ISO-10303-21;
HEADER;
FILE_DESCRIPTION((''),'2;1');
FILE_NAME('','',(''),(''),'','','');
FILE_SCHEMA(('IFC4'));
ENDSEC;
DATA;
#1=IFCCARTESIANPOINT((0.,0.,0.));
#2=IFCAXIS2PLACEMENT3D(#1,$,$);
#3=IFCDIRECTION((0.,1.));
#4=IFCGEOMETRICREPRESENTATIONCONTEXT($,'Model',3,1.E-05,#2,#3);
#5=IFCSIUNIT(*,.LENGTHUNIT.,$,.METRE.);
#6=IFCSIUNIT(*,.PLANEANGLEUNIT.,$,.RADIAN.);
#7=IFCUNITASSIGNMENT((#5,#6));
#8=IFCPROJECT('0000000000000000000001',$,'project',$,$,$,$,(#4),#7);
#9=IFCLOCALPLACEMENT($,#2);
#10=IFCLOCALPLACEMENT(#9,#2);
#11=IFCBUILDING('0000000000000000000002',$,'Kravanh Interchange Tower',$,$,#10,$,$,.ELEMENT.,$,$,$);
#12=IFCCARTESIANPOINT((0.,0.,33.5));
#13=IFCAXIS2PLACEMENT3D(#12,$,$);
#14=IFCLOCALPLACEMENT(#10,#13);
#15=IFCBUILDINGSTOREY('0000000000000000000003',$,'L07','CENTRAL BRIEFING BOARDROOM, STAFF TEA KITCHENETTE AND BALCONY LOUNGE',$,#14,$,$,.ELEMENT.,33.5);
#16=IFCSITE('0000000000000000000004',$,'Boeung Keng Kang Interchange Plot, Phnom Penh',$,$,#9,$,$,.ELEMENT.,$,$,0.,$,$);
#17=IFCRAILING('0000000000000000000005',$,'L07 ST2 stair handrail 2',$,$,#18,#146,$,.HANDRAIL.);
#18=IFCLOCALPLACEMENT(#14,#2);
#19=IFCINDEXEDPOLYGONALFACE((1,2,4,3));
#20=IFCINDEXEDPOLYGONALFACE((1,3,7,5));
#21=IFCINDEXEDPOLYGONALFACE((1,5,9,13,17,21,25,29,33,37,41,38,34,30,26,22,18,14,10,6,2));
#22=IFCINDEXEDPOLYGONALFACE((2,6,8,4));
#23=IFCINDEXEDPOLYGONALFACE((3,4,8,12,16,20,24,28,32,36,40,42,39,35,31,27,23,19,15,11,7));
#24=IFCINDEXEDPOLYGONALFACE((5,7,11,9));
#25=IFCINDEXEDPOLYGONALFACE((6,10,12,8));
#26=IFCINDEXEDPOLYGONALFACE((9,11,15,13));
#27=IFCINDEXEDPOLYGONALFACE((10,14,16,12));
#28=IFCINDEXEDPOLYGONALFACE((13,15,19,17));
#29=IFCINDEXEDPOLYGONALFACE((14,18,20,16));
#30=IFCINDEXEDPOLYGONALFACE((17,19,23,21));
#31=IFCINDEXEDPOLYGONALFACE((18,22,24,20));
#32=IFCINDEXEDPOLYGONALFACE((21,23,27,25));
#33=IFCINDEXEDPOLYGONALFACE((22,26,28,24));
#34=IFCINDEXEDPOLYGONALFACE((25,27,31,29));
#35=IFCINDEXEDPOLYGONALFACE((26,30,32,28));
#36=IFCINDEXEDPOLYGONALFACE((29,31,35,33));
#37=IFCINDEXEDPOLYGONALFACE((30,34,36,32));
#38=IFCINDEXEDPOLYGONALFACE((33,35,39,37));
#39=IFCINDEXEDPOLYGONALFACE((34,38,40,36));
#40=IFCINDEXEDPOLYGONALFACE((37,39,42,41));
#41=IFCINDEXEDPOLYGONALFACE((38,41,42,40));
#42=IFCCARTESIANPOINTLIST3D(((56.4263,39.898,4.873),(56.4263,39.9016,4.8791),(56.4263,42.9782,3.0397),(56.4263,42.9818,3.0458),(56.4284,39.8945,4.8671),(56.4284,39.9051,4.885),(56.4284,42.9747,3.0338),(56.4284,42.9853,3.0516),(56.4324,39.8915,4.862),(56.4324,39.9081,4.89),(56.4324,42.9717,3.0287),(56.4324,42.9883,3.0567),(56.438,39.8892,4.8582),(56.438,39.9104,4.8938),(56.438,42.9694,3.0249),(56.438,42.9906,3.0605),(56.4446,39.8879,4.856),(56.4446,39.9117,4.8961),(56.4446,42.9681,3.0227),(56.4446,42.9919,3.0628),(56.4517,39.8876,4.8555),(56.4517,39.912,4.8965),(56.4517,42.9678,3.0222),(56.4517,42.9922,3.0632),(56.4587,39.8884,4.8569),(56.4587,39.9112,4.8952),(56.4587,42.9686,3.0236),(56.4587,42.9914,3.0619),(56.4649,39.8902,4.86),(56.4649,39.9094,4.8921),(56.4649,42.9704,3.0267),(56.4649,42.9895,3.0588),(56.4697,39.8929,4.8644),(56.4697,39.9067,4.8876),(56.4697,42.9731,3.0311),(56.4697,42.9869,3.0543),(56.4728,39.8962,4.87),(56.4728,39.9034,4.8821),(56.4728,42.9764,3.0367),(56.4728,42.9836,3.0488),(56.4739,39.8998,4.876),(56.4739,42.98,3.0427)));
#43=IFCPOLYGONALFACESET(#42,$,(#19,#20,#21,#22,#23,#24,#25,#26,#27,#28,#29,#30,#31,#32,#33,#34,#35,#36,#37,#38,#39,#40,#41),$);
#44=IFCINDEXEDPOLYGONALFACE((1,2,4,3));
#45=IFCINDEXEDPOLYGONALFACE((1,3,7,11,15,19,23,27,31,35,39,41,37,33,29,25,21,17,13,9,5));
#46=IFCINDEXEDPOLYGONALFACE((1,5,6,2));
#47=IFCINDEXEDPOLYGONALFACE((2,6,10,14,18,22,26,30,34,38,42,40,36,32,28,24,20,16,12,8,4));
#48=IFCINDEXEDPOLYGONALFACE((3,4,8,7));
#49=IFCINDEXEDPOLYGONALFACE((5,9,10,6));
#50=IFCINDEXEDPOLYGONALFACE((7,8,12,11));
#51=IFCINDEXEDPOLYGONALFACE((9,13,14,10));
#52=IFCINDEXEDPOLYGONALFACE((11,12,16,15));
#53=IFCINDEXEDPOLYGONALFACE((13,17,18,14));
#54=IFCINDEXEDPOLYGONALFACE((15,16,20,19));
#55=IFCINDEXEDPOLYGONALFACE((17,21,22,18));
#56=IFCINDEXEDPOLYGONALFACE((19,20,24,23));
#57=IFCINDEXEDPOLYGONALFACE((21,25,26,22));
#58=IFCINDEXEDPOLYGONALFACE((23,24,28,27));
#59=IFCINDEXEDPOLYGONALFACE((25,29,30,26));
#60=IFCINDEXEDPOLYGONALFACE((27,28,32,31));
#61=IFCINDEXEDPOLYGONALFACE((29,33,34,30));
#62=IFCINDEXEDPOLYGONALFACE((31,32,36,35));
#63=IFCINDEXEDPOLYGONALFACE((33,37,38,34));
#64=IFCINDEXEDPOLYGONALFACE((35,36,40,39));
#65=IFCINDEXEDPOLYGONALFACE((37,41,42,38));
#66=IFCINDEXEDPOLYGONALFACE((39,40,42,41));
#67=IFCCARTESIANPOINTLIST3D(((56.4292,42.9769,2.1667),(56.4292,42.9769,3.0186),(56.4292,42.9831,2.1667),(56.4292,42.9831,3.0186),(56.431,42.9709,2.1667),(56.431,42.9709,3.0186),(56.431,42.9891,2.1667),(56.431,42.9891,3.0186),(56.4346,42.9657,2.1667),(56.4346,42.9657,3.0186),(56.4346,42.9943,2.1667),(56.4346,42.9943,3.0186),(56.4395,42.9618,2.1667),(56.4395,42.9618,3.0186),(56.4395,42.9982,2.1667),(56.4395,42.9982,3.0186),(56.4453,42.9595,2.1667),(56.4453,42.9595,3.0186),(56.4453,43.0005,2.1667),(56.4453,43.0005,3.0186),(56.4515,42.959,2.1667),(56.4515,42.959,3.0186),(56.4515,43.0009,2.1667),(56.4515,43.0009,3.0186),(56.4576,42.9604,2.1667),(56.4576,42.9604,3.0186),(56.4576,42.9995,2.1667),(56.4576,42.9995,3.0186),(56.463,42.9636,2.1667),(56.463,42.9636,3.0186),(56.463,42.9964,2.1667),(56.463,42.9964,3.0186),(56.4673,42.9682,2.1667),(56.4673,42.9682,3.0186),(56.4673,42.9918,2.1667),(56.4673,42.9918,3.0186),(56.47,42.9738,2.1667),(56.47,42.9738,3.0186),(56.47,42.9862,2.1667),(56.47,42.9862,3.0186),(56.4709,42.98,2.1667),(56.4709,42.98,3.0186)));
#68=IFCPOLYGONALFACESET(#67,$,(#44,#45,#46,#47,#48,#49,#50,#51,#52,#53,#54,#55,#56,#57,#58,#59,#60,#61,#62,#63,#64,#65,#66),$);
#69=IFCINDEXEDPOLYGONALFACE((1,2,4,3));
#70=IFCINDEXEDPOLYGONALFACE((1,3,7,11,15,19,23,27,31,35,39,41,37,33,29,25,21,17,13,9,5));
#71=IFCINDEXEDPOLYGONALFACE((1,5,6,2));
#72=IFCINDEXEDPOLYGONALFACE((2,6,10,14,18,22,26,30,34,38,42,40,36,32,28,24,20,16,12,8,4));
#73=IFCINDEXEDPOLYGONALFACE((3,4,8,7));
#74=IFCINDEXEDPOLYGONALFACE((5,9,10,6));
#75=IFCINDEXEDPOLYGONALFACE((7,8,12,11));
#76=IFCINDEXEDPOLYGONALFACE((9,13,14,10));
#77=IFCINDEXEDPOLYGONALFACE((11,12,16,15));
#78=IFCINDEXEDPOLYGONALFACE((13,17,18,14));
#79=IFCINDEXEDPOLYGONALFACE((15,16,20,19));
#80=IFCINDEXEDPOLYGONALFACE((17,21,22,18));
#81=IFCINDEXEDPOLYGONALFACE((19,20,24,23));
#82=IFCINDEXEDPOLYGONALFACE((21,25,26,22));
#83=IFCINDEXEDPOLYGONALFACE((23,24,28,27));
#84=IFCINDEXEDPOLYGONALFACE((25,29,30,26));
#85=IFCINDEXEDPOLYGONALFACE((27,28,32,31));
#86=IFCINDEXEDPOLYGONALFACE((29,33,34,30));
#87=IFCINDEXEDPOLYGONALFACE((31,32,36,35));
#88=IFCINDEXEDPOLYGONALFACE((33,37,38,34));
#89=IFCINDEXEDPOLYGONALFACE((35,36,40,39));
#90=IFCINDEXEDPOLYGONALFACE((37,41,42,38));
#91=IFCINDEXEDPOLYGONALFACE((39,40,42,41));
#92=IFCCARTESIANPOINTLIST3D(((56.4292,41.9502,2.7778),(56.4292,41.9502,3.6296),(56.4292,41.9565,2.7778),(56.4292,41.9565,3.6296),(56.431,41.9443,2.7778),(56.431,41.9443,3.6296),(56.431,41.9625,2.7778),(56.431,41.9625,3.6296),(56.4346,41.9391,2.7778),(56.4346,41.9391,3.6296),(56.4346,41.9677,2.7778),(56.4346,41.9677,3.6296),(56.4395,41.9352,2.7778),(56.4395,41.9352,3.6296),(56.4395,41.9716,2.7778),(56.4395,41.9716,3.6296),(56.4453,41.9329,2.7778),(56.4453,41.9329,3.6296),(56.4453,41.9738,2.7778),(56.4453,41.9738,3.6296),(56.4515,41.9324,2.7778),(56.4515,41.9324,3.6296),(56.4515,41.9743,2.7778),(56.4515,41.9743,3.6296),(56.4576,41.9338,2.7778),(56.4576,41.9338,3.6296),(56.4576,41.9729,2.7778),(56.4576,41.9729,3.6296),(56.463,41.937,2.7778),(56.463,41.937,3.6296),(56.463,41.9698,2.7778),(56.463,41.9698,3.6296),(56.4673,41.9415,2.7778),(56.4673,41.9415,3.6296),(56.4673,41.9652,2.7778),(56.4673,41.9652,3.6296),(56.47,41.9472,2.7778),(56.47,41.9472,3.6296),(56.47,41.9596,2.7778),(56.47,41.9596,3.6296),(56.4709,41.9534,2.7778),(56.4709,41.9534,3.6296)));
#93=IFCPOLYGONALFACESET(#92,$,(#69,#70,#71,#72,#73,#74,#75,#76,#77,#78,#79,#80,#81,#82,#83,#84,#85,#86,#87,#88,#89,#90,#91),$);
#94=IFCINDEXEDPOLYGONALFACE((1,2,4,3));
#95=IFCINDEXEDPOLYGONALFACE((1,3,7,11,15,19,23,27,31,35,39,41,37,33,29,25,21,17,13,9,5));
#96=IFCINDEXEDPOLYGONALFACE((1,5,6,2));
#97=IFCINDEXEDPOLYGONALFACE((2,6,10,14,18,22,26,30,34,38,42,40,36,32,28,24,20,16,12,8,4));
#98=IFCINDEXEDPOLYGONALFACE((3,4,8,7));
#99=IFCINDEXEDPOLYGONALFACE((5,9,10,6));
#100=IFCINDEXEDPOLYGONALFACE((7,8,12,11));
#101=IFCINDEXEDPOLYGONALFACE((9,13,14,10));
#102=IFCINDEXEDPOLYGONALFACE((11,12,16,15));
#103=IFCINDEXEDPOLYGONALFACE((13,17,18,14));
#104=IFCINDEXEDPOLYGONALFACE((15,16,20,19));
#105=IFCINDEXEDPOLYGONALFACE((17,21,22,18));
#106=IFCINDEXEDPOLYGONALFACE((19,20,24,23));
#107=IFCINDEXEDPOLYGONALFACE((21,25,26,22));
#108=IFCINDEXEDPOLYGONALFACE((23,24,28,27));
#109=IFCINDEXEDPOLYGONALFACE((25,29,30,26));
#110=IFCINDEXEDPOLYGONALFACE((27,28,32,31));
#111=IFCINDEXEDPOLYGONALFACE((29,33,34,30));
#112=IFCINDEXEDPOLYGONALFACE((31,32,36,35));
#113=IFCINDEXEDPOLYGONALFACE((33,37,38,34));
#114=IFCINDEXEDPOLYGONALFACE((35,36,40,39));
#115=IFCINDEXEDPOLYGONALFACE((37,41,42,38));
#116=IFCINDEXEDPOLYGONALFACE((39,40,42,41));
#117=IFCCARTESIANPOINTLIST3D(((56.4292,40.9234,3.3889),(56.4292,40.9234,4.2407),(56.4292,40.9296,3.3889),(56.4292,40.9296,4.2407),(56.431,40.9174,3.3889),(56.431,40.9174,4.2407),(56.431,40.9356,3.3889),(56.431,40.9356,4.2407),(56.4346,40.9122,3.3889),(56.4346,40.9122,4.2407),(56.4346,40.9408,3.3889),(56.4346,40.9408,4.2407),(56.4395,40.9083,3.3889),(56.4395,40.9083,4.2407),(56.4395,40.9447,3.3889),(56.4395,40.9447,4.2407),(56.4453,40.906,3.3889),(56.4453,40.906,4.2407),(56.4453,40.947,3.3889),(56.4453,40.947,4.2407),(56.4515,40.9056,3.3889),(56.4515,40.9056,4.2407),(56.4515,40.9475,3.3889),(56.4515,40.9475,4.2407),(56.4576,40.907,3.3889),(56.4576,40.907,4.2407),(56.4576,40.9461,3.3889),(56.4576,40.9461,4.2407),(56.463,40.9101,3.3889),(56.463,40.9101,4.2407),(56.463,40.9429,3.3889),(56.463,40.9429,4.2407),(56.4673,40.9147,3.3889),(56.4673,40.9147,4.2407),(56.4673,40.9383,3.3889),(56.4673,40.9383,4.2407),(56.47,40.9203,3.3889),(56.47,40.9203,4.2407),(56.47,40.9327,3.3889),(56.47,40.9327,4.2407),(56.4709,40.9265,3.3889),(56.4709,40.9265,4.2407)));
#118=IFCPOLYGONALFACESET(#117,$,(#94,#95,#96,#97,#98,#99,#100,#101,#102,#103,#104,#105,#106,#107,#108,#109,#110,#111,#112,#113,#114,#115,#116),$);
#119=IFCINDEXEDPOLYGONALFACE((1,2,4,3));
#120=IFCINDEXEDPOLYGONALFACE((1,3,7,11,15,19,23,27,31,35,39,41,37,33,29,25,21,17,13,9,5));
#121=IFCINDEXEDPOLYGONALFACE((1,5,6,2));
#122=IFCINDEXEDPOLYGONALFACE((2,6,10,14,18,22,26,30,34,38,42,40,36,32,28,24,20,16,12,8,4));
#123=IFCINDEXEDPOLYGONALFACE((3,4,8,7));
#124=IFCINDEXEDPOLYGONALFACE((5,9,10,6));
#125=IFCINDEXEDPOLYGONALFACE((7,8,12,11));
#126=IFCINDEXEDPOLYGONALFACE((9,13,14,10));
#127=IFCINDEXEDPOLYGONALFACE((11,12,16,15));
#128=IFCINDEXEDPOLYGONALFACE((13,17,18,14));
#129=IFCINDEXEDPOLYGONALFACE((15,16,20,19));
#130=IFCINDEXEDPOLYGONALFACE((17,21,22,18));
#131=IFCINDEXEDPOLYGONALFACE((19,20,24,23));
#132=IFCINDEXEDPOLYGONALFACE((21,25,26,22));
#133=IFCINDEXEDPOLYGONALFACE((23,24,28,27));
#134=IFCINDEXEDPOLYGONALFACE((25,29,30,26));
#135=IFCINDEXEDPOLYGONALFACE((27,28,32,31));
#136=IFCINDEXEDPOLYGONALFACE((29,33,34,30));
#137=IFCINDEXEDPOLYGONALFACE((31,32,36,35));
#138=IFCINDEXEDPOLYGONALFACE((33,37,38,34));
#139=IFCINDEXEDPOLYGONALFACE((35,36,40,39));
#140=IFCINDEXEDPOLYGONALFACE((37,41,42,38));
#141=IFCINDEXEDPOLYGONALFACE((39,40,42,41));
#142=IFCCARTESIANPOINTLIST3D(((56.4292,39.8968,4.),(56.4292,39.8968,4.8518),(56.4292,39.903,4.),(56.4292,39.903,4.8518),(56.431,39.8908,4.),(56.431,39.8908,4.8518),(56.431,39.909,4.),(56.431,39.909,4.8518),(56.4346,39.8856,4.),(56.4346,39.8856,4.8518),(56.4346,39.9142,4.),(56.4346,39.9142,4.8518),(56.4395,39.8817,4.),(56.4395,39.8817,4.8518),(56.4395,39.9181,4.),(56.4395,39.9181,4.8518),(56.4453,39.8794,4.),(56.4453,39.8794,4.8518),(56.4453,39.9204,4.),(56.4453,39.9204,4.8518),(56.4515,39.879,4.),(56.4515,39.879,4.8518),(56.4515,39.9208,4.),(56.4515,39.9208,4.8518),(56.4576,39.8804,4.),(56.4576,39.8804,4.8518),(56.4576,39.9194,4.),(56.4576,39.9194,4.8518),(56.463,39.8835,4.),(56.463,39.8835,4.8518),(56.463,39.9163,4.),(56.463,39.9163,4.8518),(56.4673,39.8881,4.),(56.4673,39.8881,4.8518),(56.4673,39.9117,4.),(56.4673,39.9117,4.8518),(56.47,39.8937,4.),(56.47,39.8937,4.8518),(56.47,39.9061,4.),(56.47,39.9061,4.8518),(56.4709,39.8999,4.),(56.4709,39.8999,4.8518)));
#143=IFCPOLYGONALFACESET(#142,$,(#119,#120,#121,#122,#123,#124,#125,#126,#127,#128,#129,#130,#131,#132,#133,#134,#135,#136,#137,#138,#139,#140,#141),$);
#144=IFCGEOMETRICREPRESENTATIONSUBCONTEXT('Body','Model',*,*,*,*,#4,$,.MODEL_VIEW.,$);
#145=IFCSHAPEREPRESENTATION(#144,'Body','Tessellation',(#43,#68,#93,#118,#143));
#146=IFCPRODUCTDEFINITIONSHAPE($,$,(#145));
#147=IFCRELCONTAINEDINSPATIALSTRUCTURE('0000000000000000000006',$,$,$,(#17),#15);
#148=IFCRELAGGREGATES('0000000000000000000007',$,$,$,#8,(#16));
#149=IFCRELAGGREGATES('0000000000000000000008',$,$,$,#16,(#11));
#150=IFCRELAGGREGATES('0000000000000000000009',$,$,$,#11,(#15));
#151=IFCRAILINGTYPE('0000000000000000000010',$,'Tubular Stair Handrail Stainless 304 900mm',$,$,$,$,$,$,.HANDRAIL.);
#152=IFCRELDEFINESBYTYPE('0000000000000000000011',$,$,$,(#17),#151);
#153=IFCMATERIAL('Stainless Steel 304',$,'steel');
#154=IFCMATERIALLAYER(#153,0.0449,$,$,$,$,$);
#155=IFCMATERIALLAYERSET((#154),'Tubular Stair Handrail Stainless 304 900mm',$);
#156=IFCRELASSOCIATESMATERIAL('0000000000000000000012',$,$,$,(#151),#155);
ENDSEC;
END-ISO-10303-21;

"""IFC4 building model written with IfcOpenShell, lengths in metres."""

from ifc_helpers import new_model, si_unit, direction, frame, origin, origin_2d, place, context, subcontext, project, spatial, circle, extrude, material, layer, layer_set, type_object, element, save


model = new_model("IFC4")

# Units and contexts
model_context = context("Model", 3, precision=1e-05, world=origin(), true_north=direction((0.0, 1.0)))
body_context = subcontext(model_context, "Body", "Model", "MODEL_VIEW")
ifc_project = project(units=[si_unit("LENGTHUNIT", "METRE"), si_unit("PLANEANGLEUNIT", "RADIAN")], contexts=[model_context])

# Site, building, storey
site_placement = place(None, origin())
site = spatial("IfcSite", under=ifc_project, at=site_placement, Name="Boeung Keng Kang Interchange Plot, Phnom Penh", CompositionType="ELEMENT", RefElevation=0.0)
building_placement = place(site_placement, origin())
building = spatial("IfcBuilding", under=site, at=building_placement, Name="Kravanh Interchange Tower", CompositionType="ELEMENT")
storey_placement = place(building_placement, frame((0.0, 0.0, 33.5)))
storey = spatial("IfcBuildingStorey", under=building, at=storey_placement, Name="L07", Description="CENTRAL BRIEFING BOARDROOM, STAFF TEA KITCHENETTE AND BALCONY LOUNGE", CompositionType="ELEMENT", Elevation=33.5)

# Railing
ifc_material_1 = material(Name="Stainless Steel 304", Category="steel")
ifc_layer_1 = layer(ifc_material_1, 0.0449)
ifc_layer_set_1 = layer_set([ifc_layer_1], Name="Tubular Stair Handrail Stainless 304 900mm")
railing_type_1 = type_object("IfcRailingType", Name="Tubular Stair Handrail Stainless 304 900mm", PredefinedType="HANDRAIL", material=ifc_layer_set_1)
railing_1_placement = place(storey_placement, frame((56.45, 42.98, 2.1667)))
element("IfcRailing", 1, at=railing_1_placement, inside=storey, type_object=railing_type_1, Name="L07 ST2 stair handrail 2", PredefinedType="HANDRAIL", context=body_context, shape_type="SweptSolid", body=[
    extrude(circle(Radius=0.0239, at=origin_2d()), frame((0.0, 0.0, 0.876), z_axis=(0.0, -0.859309, 0.511458), x_axis=(1.0, 0.0, 0.0)), (0.0, 0.0, 1.0), 3.5845),
    extrude(circle(Radius=0.021, at=origin_2d()), origin(), (0.0, 0.0, 1.0), 0.8518),
    extrude(circle(Radius=0.021, at=origin_2d()), frame((0.0, -1.0266, 0.6111)), (0.0, 0.0, 1.0), 0.8518),
    extrude(circle(Radius=0.021, at=origin_2d()), frame((0.0, -2.0535, 1.2222)), (0.0, 0.0, 1.0), 0.8518),
    extrude(circle(Radius=0.021, at=origin_2d()), frame((0.0, -3.0801, 1.8333)), (0.0, 0.0, 1.0), 0.8518),
])

save(model, "model.ifc")
